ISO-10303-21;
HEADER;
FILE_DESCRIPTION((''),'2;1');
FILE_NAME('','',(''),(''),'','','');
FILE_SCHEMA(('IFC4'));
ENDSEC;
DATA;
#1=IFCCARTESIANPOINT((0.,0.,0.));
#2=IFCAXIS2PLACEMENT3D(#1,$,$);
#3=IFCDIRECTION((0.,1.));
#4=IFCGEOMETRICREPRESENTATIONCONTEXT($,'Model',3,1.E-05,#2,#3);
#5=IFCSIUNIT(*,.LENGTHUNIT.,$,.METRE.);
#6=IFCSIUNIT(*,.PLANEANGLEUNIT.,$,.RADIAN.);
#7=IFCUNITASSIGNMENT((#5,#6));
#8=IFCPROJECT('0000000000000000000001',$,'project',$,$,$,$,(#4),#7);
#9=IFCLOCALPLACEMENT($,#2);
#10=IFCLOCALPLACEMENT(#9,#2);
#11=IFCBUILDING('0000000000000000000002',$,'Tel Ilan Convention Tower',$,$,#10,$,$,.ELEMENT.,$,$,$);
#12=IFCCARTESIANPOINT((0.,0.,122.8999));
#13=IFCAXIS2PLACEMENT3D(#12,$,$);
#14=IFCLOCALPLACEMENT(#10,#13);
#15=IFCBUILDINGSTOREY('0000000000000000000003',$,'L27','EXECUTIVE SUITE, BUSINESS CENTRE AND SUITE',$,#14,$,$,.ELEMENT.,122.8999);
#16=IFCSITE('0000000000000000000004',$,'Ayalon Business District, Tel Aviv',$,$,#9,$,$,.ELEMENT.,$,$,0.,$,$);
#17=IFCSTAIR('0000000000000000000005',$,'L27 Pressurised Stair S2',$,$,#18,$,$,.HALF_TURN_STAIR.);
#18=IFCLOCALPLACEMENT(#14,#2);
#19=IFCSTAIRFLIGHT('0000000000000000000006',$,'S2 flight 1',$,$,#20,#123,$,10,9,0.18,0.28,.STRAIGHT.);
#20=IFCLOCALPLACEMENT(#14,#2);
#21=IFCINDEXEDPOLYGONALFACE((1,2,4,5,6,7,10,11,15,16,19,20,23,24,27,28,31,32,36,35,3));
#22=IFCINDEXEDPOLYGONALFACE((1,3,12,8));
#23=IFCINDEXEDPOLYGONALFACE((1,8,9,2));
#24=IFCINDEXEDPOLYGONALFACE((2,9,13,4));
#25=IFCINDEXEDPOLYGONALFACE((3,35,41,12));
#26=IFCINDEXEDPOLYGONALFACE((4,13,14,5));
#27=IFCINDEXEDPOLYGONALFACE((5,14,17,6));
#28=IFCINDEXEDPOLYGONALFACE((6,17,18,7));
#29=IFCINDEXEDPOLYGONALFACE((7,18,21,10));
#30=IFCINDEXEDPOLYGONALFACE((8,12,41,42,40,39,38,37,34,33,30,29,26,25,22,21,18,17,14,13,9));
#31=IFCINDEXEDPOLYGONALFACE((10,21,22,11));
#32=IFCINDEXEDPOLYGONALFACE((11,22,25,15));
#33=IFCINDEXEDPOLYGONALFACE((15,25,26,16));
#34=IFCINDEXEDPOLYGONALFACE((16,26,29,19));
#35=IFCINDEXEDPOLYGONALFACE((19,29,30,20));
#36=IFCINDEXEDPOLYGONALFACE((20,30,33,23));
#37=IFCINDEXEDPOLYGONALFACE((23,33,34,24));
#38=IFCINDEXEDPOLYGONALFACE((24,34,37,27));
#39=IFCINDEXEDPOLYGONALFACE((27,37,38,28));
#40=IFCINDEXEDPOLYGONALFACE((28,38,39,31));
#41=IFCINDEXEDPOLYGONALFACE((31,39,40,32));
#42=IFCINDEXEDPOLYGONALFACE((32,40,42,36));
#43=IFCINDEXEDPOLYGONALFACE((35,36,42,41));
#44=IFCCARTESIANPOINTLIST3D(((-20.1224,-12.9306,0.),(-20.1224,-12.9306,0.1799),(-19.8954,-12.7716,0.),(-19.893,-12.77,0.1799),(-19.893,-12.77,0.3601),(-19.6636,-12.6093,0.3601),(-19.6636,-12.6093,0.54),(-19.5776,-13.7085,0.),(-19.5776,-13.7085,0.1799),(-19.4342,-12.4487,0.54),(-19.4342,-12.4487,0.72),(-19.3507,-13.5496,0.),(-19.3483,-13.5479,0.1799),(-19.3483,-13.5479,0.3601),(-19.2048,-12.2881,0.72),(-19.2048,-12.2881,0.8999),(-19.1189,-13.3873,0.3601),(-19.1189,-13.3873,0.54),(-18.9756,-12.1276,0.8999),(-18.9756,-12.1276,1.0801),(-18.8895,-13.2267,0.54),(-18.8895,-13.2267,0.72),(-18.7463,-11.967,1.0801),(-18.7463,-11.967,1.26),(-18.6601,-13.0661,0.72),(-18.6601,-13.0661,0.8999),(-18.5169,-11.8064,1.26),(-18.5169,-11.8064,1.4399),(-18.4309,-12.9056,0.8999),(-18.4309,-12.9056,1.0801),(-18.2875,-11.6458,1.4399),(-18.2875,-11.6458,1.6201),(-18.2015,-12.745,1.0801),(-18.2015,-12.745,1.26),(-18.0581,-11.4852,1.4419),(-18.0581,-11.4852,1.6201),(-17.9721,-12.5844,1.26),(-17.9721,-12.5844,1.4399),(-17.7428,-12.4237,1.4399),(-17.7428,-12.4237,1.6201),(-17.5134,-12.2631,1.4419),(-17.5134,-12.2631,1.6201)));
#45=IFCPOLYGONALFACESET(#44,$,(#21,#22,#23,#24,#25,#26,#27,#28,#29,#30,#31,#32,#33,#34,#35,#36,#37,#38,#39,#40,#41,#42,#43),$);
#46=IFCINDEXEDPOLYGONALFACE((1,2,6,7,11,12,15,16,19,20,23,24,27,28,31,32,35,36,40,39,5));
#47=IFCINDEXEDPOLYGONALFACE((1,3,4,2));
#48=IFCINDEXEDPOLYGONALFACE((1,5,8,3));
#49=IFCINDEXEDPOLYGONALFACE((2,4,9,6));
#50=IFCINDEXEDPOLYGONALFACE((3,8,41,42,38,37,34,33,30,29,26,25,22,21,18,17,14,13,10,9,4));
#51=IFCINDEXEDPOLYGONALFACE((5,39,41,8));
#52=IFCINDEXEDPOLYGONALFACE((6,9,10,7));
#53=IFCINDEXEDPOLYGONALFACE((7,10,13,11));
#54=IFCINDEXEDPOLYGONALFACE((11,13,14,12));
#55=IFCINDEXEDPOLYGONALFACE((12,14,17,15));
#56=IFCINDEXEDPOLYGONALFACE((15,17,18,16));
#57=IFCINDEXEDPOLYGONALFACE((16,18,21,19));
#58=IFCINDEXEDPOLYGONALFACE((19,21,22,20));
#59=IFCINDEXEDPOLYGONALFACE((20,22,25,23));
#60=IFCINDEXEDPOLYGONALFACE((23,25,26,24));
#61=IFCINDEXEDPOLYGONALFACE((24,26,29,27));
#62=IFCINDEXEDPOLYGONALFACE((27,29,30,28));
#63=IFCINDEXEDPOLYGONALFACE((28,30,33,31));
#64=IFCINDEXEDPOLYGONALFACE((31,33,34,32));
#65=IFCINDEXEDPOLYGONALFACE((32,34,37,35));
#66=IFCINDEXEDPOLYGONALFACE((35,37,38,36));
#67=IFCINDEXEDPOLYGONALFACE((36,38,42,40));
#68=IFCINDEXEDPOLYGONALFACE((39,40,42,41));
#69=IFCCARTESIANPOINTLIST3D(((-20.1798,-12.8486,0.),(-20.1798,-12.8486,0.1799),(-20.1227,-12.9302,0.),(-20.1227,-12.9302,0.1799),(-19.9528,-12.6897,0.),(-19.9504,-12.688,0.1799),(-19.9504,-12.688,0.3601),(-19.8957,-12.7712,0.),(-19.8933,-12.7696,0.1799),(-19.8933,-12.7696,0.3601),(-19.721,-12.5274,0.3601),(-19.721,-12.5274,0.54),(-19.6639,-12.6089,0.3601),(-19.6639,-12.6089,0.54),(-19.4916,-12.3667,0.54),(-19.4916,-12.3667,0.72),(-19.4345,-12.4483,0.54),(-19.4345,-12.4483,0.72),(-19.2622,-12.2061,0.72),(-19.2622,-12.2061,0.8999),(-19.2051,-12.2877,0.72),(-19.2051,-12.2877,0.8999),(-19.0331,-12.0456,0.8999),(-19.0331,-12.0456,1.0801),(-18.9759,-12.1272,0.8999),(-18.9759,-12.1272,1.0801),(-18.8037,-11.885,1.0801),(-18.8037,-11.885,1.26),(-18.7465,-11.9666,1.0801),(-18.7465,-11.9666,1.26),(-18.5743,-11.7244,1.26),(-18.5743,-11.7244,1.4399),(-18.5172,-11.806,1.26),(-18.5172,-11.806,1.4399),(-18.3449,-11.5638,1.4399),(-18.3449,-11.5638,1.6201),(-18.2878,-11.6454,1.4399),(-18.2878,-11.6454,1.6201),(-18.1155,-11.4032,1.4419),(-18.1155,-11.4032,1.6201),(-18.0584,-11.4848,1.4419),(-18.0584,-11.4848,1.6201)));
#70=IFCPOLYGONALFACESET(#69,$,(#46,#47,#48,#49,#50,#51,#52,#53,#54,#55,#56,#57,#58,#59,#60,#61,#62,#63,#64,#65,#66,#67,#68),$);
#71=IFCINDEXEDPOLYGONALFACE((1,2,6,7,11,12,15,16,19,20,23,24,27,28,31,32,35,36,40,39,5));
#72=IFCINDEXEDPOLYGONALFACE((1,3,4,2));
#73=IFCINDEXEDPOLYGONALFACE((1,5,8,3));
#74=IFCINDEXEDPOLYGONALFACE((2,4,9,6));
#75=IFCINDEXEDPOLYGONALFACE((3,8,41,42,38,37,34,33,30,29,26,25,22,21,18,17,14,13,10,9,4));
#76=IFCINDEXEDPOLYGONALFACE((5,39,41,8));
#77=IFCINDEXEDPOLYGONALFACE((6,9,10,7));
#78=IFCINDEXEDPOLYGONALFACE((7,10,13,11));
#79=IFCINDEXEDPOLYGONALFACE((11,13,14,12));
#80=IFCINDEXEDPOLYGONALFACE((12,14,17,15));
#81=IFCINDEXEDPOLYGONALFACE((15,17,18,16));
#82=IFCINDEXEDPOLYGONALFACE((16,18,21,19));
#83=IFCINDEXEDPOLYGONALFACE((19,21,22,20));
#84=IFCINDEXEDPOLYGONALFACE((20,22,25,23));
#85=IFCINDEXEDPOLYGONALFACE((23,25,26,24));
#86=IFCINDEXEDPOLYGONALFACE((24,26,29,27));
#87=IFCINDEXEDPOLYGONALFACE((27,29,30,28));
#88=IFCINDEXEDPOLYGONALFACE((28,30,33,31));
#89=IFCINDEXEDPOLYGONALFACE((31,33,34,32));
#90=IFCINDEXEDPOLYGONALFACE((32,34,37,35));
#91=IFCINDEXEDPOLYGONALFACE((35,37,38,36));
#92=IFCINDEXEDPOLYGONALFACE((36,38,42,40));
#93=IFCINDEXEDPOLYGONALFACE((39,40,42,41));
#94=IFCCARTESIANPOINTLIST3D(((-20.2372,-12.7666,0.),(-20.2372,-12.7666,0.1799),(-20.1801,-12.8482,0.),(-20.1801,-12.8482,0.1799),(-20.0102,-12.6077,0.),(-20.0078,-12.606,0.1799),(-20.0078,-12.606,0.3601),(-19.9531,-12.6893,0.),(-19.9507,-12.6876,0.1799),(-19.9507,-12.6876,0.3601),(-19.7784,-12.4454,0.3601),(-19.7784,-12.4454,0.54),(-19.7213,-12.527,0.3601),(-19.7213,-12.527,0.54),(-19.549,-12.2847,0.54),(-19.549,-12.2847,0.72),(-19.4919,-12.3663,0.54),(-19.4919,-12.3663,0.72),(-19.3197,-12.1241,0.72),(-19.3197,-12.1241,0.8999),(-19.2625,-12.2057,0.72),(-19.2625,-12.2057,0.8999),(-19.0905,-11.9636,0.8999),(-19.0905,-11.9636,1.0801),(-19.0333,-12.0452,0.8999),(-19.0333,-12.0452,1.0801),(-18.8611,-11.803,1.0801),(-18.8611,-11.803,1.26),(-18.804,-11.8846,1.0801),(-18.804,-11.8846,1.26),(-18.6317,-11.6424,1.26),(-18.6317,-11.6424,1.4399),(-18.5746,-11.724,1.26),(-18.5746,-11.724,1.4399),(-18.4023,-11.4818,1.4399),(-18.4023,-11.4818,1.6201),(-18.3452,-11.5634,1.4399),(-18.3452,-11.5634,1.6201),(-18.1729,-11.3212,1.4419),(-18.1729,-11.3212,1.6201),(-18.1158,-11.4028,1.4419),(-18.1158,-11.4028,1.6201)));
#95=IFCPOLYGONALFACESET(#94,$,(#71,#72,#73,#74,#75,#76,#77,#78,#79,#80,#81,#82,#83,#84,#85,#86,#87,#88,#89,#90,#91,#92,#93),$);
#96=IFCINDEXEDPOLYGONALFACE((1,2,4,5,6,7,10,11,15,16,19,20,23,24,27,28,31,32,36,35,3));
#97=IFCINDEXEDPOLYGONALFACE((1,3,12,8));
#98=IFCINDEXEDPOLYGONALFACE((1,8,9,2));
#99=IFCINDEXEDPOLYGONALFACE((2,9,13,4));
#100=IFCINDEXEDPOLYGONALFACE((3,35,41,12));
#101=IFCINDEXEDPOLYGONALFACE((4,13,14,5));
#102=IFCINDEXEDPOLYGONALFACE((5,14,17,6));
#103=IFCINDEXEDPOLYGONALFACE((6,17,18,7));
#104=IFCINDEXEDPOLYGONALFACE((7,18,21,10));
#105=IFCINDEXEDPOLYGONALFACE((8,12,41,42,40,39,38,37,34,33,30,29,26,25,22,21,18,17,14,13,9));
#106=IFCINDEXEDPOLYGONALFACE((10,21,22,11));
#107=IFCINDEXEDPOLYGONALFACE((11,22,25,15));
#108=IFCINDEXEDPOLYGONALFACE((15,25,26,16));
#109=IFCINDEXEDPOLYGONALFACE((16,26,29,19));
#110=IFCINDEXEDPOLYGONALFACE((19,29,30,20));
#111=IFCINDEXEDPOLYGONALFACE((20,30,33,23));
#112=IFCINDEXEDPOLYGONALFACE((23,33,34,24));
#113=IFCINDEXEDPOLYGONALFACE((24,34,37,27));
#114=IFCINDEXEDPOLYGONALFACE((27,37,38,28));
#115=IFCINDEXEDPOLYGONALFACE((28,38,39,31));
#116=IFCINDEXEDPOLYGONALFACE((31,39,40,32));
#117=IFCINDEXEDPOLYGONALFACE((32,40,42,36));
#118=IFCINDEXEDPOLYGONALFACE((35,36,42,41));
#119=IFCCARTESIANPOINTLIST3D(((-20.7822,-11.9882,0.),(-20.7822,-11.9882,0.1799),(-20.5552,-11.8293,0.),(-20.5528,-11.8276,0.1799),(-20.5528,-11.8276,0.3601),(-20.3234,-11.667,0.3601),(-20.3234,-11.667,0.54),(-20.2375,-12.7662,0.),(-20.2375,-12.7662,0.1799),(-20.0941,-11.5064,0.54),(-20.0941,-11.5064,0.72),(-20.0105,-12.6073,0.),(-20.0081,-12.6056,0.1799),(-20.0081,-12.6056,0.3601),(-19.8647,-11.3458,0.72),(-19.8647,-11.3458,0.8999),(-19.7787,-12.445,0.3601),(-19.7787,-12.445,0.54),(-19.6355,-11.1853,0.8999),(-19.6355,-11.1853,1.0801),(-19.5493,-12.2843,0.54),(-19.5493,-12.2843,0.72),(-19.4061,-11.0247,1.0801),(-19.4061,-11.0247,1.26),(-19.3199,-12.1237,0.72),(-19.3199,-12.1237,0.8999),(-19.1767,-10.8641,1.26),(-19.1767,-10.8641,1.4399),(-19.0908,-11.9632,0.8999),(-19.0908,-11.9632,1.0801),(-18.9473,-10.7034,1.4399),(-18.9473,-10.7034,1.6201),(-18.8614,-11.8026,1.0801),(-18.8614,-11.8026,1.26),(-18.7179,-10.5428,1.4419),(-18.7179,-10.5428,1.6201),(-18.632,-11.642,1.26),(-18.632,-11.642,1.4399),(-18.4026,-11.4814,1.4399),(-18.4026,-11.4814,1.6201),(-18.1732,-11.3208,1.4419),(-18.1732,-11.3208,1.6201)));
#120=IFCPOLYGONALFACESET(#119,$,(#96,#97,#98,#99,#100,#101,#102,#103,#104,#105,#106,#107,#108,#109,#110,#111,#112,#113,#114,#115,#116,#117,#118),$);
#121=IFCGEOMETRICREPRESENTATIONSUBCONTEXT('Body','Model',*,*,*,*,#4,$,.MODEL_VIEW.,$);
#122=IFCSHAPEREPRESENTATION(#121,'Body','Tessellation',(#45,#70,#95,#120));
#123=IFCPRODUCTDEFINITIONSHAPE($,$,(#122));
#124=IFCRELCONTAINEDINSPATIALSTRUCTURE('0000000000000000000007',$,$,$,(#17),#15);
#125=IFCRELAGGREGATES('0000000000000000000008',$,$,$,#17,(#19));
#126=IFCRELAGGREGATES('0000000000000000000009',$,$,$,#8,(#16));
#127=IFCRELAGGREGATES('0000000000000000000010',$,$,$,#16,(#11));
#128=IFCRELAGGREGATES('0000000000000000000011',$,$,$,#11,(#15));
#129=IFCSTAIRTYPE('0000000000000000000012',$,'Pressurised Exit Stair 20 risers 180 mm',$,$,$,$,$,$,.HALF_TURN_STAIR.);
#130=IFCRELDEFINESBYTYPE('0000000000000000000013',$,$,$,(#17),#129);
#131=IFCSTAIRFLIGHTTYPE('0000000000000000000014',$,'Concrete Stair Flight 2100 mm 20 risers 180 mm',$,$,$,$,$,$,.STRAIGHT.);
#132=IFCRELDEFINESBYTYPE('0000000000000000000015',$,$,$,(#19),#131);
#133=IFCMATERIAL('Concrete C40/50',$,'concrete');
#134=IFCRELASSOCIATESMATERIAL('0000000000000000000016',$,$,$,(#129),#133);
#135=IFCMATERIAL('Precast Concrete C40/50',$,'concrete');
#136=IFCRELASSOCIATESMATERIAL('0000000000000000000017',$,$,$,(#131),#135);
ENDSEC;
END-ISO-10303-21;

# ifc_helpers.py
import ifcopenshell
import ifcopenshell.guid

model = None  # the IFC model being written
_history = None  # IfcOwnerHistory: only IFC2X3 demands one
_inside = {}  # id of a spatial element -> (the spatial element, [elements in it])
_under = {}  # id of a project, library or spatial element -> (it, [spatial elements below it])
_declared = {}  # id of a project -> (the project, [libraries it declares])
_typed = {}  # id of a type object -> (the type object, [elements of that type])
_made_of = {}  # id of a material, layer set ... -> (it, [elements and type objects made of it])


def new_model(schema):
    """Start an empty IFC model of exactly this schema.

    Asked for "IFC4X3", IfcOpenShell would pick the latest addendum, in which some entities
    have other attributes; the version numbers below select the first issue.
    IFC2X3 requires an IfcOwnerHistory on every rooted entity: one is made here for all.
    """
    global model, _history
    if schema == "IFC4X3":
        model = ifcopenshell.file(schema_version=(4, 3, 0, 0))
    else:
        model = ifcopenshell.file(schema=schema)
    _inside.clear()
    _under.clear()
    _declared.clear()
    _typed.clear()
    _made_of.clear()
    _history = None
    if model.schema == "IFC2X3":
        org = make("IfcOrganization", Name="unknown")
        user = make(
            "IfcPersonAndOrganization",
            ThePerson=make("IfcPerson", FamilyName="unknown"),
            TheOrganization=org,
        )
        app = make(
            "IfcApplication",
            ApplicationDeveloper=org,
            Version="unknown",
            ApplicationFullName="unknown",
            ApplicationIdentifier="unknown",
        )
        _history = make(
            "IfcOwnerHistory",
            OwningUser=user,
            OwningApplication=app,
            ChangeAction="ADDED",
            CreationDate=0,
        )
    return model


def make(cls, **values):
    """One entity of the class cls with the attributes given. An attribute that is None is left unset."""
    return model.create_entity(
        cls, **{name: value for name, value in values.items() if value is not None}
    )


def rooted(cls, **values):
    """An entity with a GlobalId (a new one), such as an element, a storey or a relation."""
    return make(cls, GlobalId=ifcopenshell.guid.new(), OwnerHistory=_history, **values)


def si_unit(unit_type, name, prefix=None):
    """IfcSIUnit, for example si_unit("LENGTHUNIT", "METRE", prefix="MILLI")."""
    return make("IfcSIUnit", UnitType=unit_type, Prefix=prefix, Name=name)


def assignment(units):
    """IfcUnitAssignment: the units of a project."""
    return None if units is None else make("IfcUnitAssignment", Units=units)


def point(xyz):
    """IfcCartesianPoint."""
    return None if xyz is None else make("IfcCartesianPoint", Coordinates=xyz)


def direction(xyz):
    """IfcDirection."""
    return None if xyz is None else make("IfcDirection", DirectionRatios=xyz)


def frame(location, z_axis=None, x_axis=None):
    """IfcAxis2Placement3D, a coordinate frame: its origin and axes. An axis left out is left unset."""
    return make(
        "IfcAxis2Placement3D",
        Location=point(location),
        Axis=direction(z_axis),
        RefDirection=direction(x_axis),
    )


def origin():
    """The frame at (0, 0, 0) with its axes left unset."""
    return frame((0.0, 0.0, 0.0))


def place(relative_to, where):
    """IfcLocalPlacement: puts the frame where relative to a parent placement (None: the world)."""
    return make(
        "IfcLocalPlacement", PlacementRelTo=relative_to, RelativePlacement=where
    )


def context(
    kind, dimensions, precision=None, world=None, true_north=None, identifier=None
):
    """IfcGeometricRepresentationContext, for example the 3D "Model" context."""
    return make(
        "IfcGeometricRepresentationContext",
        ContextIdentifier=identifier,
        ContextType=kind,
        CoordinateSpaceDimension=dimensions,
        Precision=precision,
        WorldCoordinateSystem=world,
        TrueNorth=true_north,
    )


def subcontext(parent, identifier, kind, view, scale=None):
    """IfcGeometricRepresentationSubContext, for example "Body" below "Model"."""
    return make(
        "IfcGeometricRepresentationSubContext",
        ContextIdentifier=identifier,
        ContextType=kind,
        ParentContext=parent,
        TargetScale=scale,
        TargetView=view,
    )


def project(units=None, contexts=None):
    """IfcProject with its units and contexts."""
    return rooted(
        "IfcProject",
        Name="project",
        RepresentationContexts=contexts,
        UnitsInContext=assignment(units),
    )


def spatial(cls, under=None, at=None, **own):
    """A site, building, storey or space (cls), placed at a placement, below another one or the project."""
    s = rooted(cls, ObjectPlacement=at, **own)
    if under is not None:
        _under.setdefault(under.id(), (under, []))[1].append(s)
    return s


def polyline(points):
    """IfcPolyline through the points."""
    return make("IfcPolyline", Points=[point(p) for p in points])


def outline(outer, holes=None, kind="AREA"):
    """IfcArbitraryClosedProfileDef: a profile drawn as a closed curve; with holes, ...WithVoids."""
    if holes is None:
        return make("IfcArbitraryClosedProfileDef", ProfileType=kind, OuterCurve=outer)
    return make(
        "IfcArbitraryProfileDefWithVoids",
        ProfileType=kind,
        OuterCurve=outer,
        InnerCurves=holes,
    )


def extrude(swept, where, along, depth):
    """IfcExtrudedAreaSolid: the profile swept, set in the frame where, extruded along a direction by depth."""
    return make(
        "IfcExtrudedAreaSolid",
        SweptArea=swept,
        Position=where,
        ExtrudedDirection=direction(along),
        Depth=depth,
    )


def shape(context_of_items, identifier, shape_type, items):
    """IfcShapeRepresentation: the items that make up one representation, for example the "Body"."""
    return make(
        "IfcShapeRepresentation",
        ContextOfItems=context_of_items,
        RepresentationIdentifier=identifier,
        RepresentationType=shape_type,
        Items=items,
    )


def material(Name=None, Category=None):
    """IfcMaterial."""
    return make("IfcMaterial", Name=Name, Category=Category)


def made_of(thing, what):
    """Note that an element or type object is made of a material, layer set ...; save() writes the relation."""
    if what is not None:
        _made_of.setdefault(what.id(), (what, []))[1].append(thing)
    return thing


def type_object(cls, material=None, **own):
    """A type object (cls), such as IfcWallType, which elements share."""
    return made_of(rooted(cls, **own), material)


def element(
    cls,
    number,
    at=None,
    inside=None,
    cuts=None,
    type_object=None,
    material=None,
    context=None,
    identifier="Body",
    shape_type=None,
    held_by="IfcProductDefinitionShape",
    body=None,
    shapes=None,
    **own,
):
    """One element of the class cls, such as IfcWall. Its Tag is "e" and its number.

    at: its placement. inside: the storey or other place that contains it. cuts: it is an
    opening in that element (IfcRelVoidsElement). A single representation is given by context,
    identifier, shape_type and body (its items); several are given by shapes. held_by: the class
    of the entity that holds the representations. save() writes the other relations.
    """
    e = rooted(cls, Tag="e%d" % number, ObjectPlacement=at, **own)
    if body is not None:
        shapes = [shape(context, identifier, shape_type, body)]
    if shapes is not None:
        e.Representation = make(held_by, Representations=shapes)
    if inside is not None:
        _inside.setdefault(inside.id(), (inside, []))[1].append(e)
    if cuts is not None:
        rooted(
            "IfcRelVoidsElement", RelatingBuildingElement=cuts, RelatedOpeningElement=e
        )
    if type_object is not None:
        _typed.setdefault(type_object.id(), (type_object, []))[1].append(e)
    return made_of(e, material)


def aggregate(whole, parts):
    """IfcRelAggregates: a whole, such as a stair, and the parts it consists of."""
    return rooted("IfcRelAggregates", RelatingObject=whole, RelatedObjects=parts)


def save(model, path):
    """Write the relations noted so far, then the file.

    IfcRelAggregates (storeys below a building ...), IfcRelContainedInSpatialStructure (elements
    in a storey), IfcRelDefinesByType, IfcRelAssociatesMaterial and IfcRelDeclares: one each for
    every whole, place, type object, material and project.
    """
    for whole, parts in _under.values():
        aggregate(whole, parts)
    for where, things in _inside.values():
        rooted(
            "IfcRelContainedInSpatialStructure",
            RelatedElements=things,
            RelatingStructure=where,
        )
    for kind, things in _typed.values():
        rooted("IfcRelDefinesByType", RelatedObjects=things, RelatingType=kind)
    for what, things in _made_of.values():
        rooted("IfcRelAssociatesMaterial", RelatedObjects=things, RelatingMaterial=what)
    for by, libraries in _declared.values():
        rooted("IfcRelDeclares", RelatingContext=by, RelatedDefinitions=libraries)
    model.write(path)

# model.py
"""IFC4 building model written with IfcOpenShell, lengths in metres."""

from ifc_helpers import new_model, si_unit, direction, frame, origin, place, context, subcontext, project, spatial, polyline, outline, extrude, material, type_object, element, aggregate, save


model = new_model("IFC4")

# Units and contexts
model_context = context("Model", 3, precision=1e-05, world=origin(), true_north=direction((0.0, 1.0)))
body_context = subcontext(model_context, "Body", "Model", "MODEL_VIEW")
ifc_project = project(units=[si_unit("LENGTHUNIT", "METRE"), si_unit("PLANEANGLEUNIT", "RADIAN")], contexts=[model_context])

# Site, building, storey
site_placement = place(None, origin())
site = spatial("IfcSite", under=ifc_project, at=site_placement, Name="Ayalon Business District, Tel Aviv", CompositionType="ELEMENT", RefElevation=0.0)
building_placement = place(site_placement, origin())
building = spatial("IfcBuilding", under=site, at=building_placement, Name="Tel Ilan Convention Tower", CompositionType="ELEMENT")
storey_placement = place(building_placement, frame((0.0, 0.0, 122.8999)))
storey = spatial("IfcBuildingStorey", under=building, at=storey_placement, Name="L27", Description="EXECUTIVE SUITE, BUSINESS CENTRE AND SUITE", CompositionType="ELEMENT", Elevation=122.8999)

# Stair, stair flight
ifc_material_1 = material(Name="Concrete C40/50", Category="concrete")
stair_type = type_object("IfcStairType", Name="Pressurised Exit Stair 20 risers 180 mm", PredefinedType="HALF_TURN_STAIR", material=ifc_material_1)
ifc_material_2 = material(Name="Precast Concrete C40/50", Category="concrete")
stair_flight_type = type_object("IfcStairFlightType", Name="Concrete Stair Flight 2100 mm 20 risers 180 mm", PredefinedType="STRAIGHT", material=ifc_material_2)
stair_1_placement = place(storey_placement, origin())
stair_1 = element("IfcStair", 1, at=stair_1_placement, inside=storey, type_object=stair_type, Name="L27 Pressurised Stair S2", PredefinedType="HALF_TURN_STAIR")
stair_flight_1_placement = place(storey_placement, frame((-20.1799, -12.8484, 0.0), z_axis=(0.0, 0.0, 1.0), x_axis=(0.819152, 0.573576, 0.0)))
stair_flight_1 = element("IfcStairFlight", 2, at=stair_flight_1_placement, type_object=stair_flight_type, Name="S2 flight 1", NumberOfRisers=10, NumberOfTreads=9, PredefinedType="STRAIGHT", RiserHeight=0.18, TreadLength=0.28, context=body_context, shape_type="SweptSolid", body=[
    extrude(outline(polyline([(0.0, 0.0), (0.0, 0.1799), (0.28, 0.1799), (0.28, 0.3601), (0.5601, 0.3601), (0.5601, 0.54), (0.8401, 0.54), (0.8401, 0.72), (1.1201, 0.72), (1.1201, 0.8999), (1.3999, 0.8999), (1.3999, 1.0801), (1.6799, 1.0801), (1.6799, 1.26), (1.96, 1.26), (1.96, 1.4399), (2.24, 1.4399), (2.24, 1.6201), (2.52, 1.6201), (2.52, 1.8), (2.52, 1.4419), (0.2771, 0.0), (0.0, 0.0)])), frame((0.0, -0.1003, 0.0), z_axis=(0.0, -1.0, 0.0), x_axis=(1.0, 0.0, 0.0)), (0.0, 0.0, 1.0), 0.9497),
    extrude(outline(polyline([(0.0, 0.0), (0.0, 0.1799), (0.28, 0.1799), (0.28, 0.3601), (0.5601, 0.3601), (0.5601, 0.54), (0.8401, 0.54), (0.8401, 0.72), (1.1201, 0.72), (1.1201, 0.8999), (1.3999, 0.8999), (1.3999, 1.0801), (1.6799, 1.0801), (1.6799, 1.26), (1.96, 1.26), (1.96, 1.4399), (2.24, 1.4399), (2.24, 1.6201), (2.52, 1.6201), (2.52, 1.8), (2.52, 1.4419), (0.2771, 0.0), (0.0, 0.0)])), frame((0.0, -0.0002, 0.0), z_axis=(0.0, -1.0, 0.0), x_axis=(1.0, 0.0, 0.0)), (0.0, 0.0, 1.0), 0.0996),
    extrude(outline(polyline([(0.0, 0.0), (0.0, 0.1799), (0.28, 0.1799), (0.28, 0.3601), (0.5601, 0.3601), (0.5601, 0.54), (0.8401, 0.54), (0.8401, 0.72), (1.1201, 0.72), (1.1201, 0.8999), (1.3999, 0.8999), (1.3999, 1.0801), (1.6799, 1.0801), (1.6799, 1.26), (1.96, 1.26), (1.96, 1.4399), (2.24, 1.4399), (2.24, 1.6201), (2.52, 1.6201), (2.52, 1.8), (2.52, 1.4419), (0.2771, 0.0), (0.0, 0.0)])), frame((0.0, 0.0999, 0.0), z_axis=(0.0, -1.0, 0.0), x_axis=(1.0, 0.0, 0.0)), (0.0, 0.0, 1.0), 0.0996),
    extrude(outline(polyline([(0.0, 0.0), (0.0, 0.1799), (0.28, 0.1799), (0.28, 0.3601), (0.5601, 0.3601), (0.5601, 0.54), (0.8401, 0.54), (0.8401, 0.72), (1.1201, 0.72), (1.1201, 0.8999), (1.3999, 0.8999), (1.3999, 1.0801), (1.6799, 1.0801), (1.6799, 1.26), (1.96, 1.26), (1.96, 1.4399), (2.24, 1.4399), (2.24, 1.6201), (2.52, 1.6201), (2.52, 1.8), (2.52, 1.4419), (0.2771, 0.0), (0.0, 0.0)])), frame((0.0, 1.05, 0.0), z_axis=(0.0, -1.0, 0.0), x_axis=(1.0, 0.0, 0.0)), (0.0, 0.0, 1.0), 0.9497),
])
aggregate(stair_1, [stair_flight_1])

save(model, "model.ifc")
